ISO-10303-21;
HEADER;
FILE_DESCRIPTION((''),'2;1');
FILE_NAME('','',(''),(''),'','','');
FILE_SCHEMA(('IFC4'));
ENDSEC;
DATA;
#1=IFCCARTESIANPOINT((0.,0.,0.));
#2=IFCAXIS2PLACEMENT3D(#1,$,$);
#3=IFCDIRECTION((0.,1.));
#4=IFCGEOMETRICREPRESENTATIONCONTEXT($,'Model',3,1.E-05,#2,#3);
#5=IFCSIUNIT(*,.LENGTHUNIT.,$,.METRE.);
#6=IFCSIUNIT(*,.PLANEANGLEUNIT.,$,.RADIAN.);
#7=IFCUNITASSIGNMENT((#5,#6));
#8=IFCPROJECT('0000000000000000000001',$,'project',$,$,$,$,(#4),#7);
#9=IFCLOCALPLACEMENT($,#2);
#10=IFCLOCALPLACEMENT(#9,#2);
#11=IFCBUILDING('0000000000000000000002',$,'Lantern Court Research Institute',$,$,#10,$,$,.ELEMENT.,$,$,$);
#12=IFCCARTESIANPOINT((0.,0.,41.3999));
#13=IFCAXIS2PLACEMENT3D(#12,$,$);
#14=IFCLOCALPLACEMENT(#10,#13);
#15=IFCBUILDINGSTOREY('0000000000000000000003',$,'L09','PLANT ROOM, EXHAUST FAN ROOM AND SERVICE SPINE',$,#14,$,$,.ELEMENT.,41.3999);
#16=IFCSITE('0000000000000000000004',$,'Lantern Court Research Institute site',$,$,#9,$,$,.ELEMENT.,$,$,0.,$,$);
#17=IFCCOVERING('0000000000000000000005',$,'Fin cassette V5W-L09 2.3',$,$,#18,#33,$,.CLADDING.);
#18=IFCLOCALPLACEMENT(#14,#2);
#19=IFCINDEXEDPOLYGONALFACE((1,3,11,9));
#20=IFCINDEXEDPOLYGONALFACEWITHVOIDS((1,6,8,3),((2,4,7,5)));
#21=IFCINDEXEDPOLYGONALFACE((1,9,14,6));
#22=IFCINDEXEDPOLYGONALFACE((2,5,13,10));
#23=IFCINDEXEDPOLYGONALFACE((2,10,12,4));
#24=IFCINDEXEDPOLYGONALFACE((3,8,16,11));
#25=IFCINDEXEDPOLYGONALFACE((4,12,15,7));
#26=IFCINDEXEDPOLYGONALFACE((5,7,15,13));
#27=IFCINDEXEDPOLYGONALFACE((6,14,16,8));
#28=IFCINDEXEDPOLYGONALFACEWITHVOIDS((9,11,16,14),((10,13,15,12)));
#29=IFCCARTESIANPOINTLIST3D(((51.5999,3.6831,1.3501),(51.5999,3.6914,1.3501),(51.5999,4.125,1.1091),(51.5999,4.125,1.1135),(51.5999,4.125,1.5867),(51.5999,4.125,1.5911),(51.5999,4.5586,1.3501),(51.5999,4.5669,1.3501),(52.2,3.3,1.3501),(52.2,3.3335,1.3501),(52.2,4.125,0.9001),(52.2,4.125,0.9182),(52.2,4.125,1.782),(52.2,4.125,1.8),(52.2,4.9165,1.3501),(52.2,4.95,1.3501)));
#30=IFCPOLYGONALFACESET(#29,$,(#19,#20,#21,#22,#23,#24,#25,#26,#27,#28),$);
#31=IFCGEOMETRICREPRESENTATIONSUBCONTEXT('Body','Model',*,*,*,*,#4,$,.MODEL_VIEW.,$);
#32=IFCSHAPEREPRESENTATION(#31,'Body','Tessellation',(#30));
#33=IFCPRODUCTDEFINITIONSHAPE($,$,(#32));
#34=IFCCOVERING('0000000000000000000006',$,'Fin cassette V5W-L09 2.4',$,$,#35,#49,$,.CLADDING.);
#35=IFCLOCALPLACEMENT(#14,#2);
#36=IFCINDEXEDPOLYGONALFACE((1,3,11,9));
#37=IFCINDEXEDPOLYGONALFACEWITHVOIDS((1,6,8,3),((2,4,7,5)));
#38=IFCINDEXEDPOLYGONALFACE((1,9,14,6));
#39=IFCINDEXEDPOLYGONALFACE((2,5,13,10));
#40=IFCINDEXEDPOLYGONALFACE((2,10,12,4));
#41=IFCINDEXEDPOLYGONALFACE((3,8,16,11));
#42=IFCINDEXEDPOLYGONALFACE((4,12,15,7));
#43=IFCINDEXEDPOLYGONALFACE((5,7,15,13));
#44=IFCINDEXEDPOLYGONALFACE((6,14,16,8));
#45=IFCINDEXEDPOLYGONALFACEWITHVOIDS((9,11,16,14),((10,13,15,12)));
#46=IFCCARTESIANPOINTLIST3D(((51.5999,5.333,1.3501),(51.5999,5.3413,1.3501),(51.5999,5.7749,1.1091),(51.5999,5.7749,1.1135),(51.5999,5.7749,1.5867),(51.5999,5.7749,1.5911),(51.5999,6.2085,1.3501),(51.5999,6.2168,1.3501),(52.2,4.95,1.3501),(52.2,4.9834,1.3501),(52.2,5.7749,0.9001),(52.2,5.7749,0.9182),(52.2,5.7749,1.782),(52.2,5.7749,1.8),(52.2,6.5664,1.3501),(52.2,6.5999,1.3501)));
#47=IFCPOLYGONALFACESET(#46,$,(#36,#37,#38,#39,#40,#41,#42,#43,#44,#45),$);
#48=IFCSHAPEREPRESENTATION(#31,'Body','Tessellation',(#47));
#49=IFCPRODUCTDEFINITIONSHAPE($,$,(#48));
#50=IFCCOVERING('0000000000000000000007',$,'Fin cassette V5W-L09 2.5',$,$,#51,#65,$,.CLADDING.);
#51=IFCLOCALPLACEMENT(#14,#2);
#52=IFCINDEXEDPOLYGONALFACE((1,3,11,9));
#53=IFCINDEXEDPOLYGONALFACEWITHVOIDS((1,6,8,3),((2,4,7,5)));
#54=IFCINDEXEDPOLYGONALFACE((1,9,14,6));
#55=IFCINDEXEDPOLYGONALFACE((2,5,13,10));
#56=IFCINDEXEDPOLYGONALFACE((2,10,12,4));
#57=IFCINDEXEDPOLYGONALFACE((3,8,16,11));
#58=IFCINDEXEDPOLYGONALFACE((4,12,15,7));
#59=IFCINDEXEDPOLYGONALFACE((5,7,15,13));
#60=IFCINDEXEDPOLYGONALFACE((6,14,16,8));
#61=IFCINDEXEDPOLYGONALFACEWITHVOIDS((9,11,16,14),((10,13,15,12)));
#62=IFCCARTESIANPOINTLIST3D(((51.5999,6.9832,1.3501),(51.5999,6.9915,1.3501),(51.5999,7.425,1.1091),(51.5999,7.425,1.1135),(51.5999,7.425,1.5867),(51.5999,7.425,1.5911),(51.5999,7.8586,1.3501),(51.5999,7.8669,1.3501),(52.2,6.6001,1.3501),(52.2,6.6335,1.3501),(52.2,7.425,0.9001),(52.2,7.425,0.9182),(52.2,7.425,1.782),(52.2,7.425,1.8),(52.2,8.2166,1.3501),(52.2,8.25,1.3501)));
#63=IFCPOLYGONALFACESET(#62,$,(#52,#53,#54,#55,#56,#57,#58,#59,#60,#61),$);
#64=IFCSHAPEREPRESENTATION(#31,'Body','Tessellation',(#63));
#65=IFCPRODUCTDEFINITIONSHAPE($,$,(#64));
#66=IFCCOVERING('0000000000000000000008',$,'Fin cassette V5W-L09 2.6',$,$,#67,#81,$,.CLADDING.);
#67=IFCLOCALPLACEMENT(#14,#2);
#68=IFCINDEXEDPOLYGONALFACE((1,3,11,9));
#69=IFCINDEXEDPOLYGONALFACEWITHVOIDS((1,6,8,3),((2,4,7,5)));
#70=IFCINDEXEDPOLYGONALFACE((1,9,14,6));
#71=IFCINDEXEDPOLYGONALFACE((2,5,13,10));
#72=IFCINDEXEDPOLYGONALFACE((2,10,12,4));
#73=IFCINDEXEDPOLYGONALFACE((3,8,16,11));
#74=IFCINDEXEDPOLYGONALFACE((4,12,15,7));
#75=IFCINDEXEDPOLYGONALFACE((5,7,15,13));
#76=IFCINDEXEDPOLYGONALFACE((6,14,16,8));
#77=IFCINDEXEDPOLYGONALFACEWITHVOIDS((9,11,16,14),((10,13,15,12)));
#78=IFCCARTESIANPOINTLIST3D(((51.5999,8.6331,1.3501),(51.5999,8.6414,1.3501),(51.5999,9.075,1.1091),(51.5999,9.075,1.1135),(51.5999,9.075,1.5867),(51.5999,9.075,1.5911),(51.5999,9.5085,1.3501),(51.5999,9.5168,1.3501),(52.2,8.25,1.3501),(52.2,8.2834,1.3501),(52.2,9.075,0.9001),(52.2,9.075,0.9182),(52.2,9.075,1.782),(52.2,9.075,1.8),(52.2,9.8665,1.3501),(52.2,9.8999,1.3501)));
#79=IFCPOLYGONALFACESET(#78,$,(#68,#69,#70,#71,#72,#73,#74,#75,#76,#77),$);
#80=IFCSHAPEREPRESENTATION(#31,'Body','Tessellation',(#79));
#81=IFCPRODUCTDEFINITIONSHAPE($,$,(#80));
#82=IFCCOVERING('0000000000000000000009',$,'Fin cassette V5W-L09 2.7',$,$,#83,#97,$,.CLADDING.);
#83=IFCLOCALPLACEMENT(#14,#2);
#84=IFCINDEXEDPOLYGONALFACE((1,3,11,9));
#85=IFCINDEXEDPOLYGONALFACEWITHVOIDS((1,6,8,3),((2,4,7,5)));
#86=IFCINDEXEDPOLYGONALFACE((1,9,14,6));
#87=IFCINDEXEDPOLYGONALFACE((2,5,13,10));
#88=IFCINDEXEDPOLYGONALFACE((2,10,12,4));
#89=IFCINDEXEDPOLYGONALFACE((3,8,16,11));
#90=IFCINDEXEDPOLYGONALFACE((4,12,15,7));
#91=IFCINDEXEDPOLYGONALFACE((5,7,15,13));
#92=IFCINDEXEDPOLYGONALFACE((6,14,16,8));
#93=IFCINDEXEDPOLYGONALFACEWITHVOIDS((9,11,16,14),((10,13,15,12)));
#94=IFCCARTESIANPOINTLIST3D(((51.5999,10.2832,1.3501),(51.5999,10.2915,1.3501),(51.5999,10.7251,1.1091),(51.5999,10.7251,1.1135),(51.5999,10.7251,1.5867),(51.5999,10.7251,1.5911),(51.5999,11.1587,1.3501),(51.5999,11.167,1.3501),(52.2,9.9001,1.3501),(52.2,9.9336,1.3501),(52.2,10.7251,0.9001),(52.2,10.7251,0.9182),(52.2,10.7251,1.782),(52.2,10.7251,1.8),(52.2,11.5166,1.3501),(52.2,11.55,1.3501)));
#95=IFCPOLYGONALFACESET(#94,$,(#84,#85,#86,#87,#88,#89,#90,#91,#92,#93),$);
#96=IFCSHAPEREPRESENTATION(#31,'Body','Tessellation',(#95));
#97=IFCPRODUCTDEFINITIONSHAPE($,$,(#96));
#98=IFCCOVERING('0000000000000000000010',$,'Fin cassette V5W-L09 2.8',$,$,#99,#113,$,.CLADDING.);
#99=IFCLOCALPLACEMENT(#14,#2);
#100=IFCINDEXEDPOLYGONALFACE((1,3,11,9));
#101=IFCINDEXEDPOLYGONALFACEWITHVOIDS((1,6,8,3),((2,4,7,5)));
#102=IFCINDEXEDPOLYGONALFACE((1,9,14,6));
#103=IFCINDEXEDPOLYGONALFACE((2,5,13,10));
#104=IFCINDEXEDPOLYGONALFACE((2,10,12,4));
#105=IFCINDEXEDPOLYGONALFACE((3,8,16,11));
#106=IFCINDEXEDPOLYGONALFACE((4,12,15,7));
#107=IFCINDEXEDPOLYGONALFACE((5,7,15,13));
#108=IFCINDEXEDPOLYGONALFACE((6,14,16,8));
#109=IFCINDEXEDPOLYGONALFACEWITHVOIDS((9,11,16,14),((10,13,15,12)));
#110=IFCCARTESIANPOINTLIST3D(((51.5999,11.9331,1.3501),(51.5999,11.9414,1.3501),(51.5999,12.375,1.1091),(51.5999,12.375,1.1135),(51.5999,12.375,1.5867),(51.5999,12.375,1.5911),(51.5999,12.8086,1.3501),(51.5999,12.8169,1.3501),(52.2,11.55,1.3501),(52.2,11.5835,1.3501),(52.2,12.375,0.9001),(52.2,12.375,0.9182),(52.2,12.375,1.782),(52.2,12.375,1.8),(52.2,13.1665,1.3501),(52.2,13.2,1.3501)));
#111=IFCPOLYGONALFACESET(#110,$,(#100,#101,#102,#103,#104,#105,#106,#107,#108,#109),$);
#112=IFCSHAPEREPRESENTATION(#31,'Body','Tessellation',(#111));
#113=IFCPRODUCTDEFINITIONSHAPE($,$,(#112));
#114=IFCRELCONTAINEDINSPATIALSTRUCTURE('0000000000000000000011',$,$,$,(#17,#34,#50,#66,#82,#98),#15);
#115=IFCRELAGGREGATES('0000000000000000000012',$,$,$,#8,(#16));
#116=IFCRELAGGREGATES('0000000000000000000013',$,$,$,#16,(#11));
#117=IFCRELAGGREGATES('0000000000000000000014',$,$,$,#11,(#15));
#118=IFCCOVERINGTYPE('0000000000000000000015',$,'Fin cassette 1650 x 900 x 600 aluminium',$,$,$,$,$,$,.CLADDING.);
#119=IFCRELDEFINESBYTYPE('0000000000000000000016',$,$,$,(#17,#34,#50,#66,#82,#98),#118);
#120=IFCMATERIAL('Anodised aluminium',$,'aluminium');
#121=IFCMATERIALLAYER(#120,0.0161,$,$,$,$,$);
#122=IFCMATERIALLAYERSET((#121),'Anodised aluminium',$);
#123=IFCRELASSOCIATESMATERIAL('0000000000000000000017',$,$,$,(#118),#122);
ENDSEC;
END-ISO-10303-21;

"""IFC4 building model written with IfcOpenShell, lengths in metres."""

from ifc_helpers import new_model, entity, si_unit, direction, frame, origin, place, context, subcontext, project, spatial, material, layer, layer_set, type_object, element, save


model = new_model("IFC4")

# Units and contexts
model_context = context("Model", 3, precision=1e-05, world=origin(), true_north=direction((0.0, 1.0)))
body_context = subcontext(model_context, "Body", "Model", "MODEL_VIEW")
ifc_project = project(units=[si_unit("LENGTHUNIT", "METRE"), si_unit("PLANEANGLEUNIT", "RADIAN")], contexts=[model_context])

# Site, building, storey
site_placement = place(None, origin())
site = spatial("IfcSite", under=ifc_project, at=site_placement, Name="Lantern Court Research Institute site", CompositionType="ELEMENT", RefElevation=0.0)
building_placement = place(site_placement, origin())
building = spatial("IfcBuilding", under=site, at=building_placement, Name="Lantern Court Research Institute", CompositionType="ELEMENT")
storey_placement = place(building_placement, frame((0.0, 0.0, 41.3999)))
storey = spatial("IfcBuildingStorey", under=building, at=storey_placement, Name="L09", Description="PLANT ROOM, EXHAUST FAN ROOM AND SERVICE SPINE", CompositionType="ELEMENT", Elevation=41.3999)

# Coverings
ifc_material_1 = material(Name="Anodised aluminium", Category="aluminium")
ifc_layer_1 = layer(ifc_material_1, 0.0161)
ifc_layer_set_1 = layer_set([ifc_layer_1], Name="Anodised aluminium")
covering_type = type_object("IfcCoveringType", Name="Fin cassette 1650 x 900 x 600 aluminium", PredefinedType="CLADDING", material=ifc_layer_set_1)
covering_1_placement = place(storey_placement, frame((52.2, 4.125, 1.3501), z_axis=(-1.0, 0.0, 0.0), x_axis=(0.0, -1.0, 0.0)))
cartesian_point_1 = entity("IfcCartesianPoint", [0.825, 0.0])
cartesian_point_2 = entity("IfcCartesianPoint", [0.7915, 0.0])
cartesian_point_3 = entity("IfcCartesianPoint", [0.4419, 0.0])
cartesian_point_4 = entity("IfcCartesianPoint", [0.4336, 0.0])
element("IfcCovering", 1, at=covering_1_placement, inside=storey, type_object=covering_type, Name="Fin cassette V5W-L09 2.3", PredefinedType="CLADDING", context=body_context, shape_type="SweptSolid", body=[
    entity("IfcExtrudedAreaSolidTapered", entity("IfcArbitraryProfileDefWithVoids", "AREA", None, entity("IfcPolyline", [cartesian_point_1, entity("IfcCartesianPoint", [0.0, 0.45]), entity("IfcCartesianPoint", [-0.825, 0.0]), entity("IfcCartesianPoint", [0.0, -0.45]), cartesian_point_1]), [entity("IfcPolyline", [cartesian_point_2, entity("IfcCartesianPoint", [0.0, 0.4319]), entity("IfcCartesianPoint", [-0.7915, 0.0]), entity("IfcCartesianPoint", [0.0, -0.4319]), cartesian_point_2])]), entity("IfcAxis2Placement3D", entity("IfcCartesianPoint", [0.0, 0.0, 0.0])), entity("IfcDirection", [0.0, 0.0, 1.0]), 0.6001, entity("IfcArbitraryProfileDefWithVoids", "AREA", None, entity("IfcPolyline", [cartesian_point_3, entity("IfcCartesianPoint", [0.0, 0.241]), entity("IfcCartesianPoint", [-0.4419, 0.0]), entity("IfcCartesianPoint", [0.0, -0.241]), cartesian_point_3]), [entity("IfcPolyline", [cartesian_point_4, entity("IfcCartesianPoint", [0.0, 0.2366]), entity("IfcCartesianPoint", [-0.4336, 0.0]), entity("IfcCartesianPoint", [0.0, -0.2366]), cartesian_point_4])])),
])
covering_2_placement = place(storey_placement, frame((52.2, 5.7749, 1.3501), z_axis=(-1.0, 0.0, 0.0), x_axis=(0.0, -1.0, 0.0)))
cartesian_point_5 = entity("IfcCartesianPoint", [0.825, 0.0])
cartesian_point_6 = entity("IfcCartesianPoint", [0.7915, 0.0])
cartesian_point_7 = entity("IfcCartesianPoint", [0.4419, 0.0])
cartesian_point_8 = entity("IfcCartesianPoint", [0.4336, 0.0])
element("IfcCovering", 2, at=covering_2_placement, inside=storey, type_object=covering_type, Name="Fin cassette V5W-L09 2.4", PredefinedType="CLADDING", context=body_context, shape_type="SweptSolid", body=[
    entity("IfcExtrudedAreaSolidTapered", entity("IfcArbitraryProfileDefWithVoids", "AREA", None, entity("IfcPolyline", [cartesian_point_5, entity("IfcCartesianPoint", [0.0, 0.45]), entity("IfcCartesianPoint", [-0.825, 0.0]), entity("IfcCartesianPoint", [0.0, -0.45]), cartesian_point_5]), [entity("IfcPolyline", [cartesian_point_6, entity("IfcCartesianPoint", [0.0, 0.4319]), entity("IfcCartesianPoint", [-0.7915, 0.0]), entity("IfcCartesianPoint", [0.0, -0.4319]), cartesian_point_6])]), entity("IfcAxis2Placement3D", entity("IfcCartesianPoint", [0.0, 0.0, 0.0])), entity("IfcDirection", [0.0, 0.0, 1.0]), 0.6001, entity("IfcArbitraryProfileDefWithVoids", "AREA", None, entity("IfcPolyline", [cartesian_point_7, entity("IfcCartesianPoint", [0.0, 0.241]), entity("IfcCartesianPoint", [-0.4419, 0.0]), entity("IfcCartesianPoint", [0.0, -0.241]), cartesian_point_7]), [entity("IfcPolyline", [cartesian_point_8, entity("IfcCartesianPoint", [0.0, 0.2366]), entity("IfcCartesianPoint", [-0.4336, 0.0]), entity("IfcCartesianPoint", [0.0, -0.2366]), cartesian_point_8])])),
])
covering_3_placement = place(storey_placement, frame((52.2, 7.425, 1.3501), z_axis=(-1.0, 0.0, 0.0), x_axis=(0.0, -1.0, 0.0)))
cartesian_point_9 = entity("IfcCartesianPoint", [0.825, 0.0])
cartesian_point_10 = entity("IfcCartesianPoint", [0.7915, 0.0])
cartesian_point_11 = entity("IfcCartesianPoint", [0.4419, 0.0])
cartesian_point_12 = entity("IfcCartesianPoint", [0.4336, 0.0])
element("IfcCovering", 3, at=covering_3_placement, inside=storey, type_object=covering_type, Name="Fin cassette V5W-L09 2.5", PredefinedType="CLADDING", context=body_context, shape_type="SweptSolid", body=[
    entity("IfcExtrudedAreaSolidTapered", entity("IfcArbitraryProfileDefWithVoids", "AREA", None, entity("IfcPolyline", [cartesian_point_9, entity("IfcCartesianPoint", [0.0, 0.45]), entity("IfcCartesianPoint", [-0.825, 0.0]), entity("IfcCartesianPoint", [0.0, -0.45]), cartesian_point_9]), [entity("IfcPolyline", [cartesian_point_10, entity("IfcCartesianPoint", [0.0, 0.4319]), entity("IfcCartesianPoint", [-0.7915, 0.0]), entity("IfcCartesianPoint", [0.0, -0.4319]), cartesian_point_10])]), entity("IfcAxis2Placement3D", entity("IfcCartesianPoint", [0.0, 0.0, 0.0])), entity("IfcDirection", [0.0, 0.0, 1.0]), 0.6001, entity("IfcArbitraryProfileDefWithVoids", "AREA", None, entity("IfcPolyline", [cartesian_point_11, entity("IfcCartesianPoint", [0.0, 0.241]), entity("IfcCartesianPoint", [-0.4419, 0.0]), entity("IfcCartesianPoint", [0.0, -0.241]), cartesian_point_11]), [entity("IfcPolyline", [cartesian_point_12, entity("IfcCartesianPoint", [0.0, 0.2366]), entity("IfcCartesianPoint", [-0.4336, 0.0]), entity("IfcCartesianPoint", [0.0, -0.2366]), cartesian_point_12])])),
])
covering_4_placement = place(storey_placement, frame((52.2, 9.075, 1.3501), z_axis=(-1.0, 0.0, 0.0), x_axis=(0.0, -1.0, 0.0)))
cartesian_point_13 = entity("IfcCartesianPoint", [0.825, 0.0])
cartesian_point_14 = entity("IfcCartesianPoint", [0.7915, 0.0])
cartesian_point_15 = entity("IfcCartesianPoint", [0.4419, 0.0])
cartesian_point_16 = entity("IfcCartesianPoint", [0.4336, 0.0])
element("IfcCovering", 4, at=covering_4_placement, inside=storey, type_object=covering_type, Name="Fin cassette V5W-L09 2.6", PredefinedType="CLADDING", context=body_context, shape_type="SweptSolid", body=[
    entity("IfcExtrudedAreaSolidTapered", entity("IfcArbitraryProfileDefWithVoids", "AREA", None, entity("IfcPolyline", [cartesian_point_13, entity("IfcCartesianPoint", [0.0, 0.45]), entity("IfcCartesianPoint", [-0.825, 0.0]), entity("IfcCartesianPoint", [0.0, -0.45]), cartesian_point_13]), [entity("IfcPolyline", [cartesian_point_14, entity("IfcCartesianPoint", [0.0, 0.4319]), entity("IfcCartesianPoint", [-0.7915, 0.0]), entity("IfcCartesianPoint", [0.0, -0.4319]), cartesian_point_14])]), entity("IfcAxis2Placement3D", entity("IfcCartesianPoint", [0.0, 0.0, 0.0])), entity("IfcDirection", [0.0, 0.0, 1.0]), 0.6001, entity("IfcArbitraryProfileDefWithVoids", "AREA", None, entity("IfcPolyline", [cartesian_point_15, entity("IfcCartesianPoint", [0.0, 0.241]), entity("IfcCartesianPoint", [-0.4419, 0.0]), entity("IfcCartesianPoint", [0.0, -0.241]), cartesian_point_15]), [entity("IfcPolyline", [cartesian_point_16, entity("IfcCartesianPoint", [0.0, 0.2366]), entity("IfcCartesianPoint", [-0.4336, 0.0]), entity("IfcCartesianPoint", [0.0, -0.2366]), cartesian_point_16])])),
])
covering_5_placement = place(storey_placement, frame((52.2, 10.7251, 1.3501), z_axis=(-1.0, 0.0, 0.0), x_axis=(0.0, -1.0, 0.0)))
cartesian_point_17 = entity("IfcCartesianPoint", [0.825, 0.0])
cartesian_point_18 = entity("IfcCartesianPoint", [0.7915, 0.0])
cartesian_point_19 = entity("IfcCartesianPoint", [0.4419, 0.0])
cartesian_point_20 = entity("IfcCartesianPoint", [0.4336, 0.0])
element("IfcCovering", 5, at=covering_5_placement, inside=storey, type_object=covering_type, Name="Fin cassette V5W-L09 2.7", PredefinedType="CLADDING", context=body_context, shape_type="SweptSolid", body=[
    entity("IfcExtrudedAreaSolidTapered", entity("IfcArbitraryProfileDefWithVoids", "AREA", None, entity("IfcPolyline", [cartesian_point_17, entity("IfcCartesianPoint", [0.0, 0.45]), entity("IfcCartesianPoint", [-0.825, 0.0]), entity("IfcCartesianPoint", [0.0, -0.45]), cartesian_point_17]), [entity("IfcPolyline", [cartesian_point_18, entity("IfcCartesianPoint", [0.0, 0.4319]), entity("IfcCartesianPoint", [-0.7915, 0.0]), entity("IfcCartesianPoint", [0.0, -0.4319]), cartesian_point_18])]), entity("IfcAxis2Placement3D", entity("IfcCartesianPoint", [0.0, 0.0, 0.0])), entity("IfcDirection", [0.0, 0.0, 1.0]), 0.6001, entity("IfcArbitraryProfileDefWithVoids", "AREA", None, entity("IfcPolyline", [cartesian_point_19, entity("IfcCartesianPoint", [0.0, 0.241]), entity("IfcCartesianPoint", [-0.4419, 0.0]), entity("IfcCartesianPoint", [0.0, -0.241]), cartesian_point_19]), [entity("IfcPolyline", [cartesian_point_20, entity("IfcCartesianPoint", [0.0, 0.2366]), entity("IfcCartesianPoint", [-0.4336, 0.0]), entity("IfcCartesianPoint", [0.0, -0.2366]), cartesian_point_20])])),
])
covering_6_placement = place(storey_placement, frame((52.2, 12.375, 1.3501), z_axis=(-1.0, 0.0, 0.0), x_axis=(0.0, -1.0, 0.0)))
cartesian_point_21 = entity("IfcCartesianPoint", [0.825, 0.0])
cartesian_point_22 = entity("IfcCartesianPoint", [0.7915, 0.0])
cartesian_point_23 = entity("IfcCartesianPoint", [0.4419, 0.0])
cartesian_point_24 = entity("IfcCartesianPoint", [0.4336, 0.0])
element("IfcCovering", 6, at=covering_6_placement, inside=storey, type_object=covering_type, Name="Fin cassette V5W-L09 2.8", PredefinedType="CLADDING", context=body_context, shape_type="SweptSolid", body=[
    entity("IfcExtrudedAreaSolidTapered", entity("IfcArbitraryProfileDefWithVoids", "AREA", None, entity("IfcPolyline", [cartesian_point_21, entity("IfcCartesianPoint", [0.0, 0.45]), entity("IfcCartesianPoint", [-0.825, 0.0]), entity("IfcCartesianPoint", [0.0, -0.45]), cartesian_point_21]), [entity("IfcPolyline", [cartesian_point_22, entity("IfcCartesianPoint", [0.0, 0.4319]), entity("IfcCartesianPoint", [-0.7915, 0.0]), entity("IfcCartesianPoint", [0.0, -0.4319]), cartesian_point_22])]), entity("IfcAxis2Placement3D", entity("IfcCartesianPoint", [0.0, 0.0, 0.0])), entity("IfcDirection", [0.0, 0.0, 1.0]), 0.6001, entity("IfcArbitraryProfileDefWithVoids", "AREA", None, entity("IfcPolyline", [cartesian_point_23, entity("IfcCartesianPoint", [0.0, 0.241]), entity("IfcCartesianPoint", [-0.4419, 0.0]), entity("IfcCartesianPoint", [0.0, -0.241]), cartesian_point_23]), [entity("IfcPolyline", [cartesian_point_24, entity("IfcCartesianPoint", [0.0, 0.2366]), entity("IfcCartesianPoint", [-0.4336, 0.0]), entity("IfcCartesianPoint", [0.0, -0.2366]), cartesian_point_24])])),
])

save(model, "model.ifc")
